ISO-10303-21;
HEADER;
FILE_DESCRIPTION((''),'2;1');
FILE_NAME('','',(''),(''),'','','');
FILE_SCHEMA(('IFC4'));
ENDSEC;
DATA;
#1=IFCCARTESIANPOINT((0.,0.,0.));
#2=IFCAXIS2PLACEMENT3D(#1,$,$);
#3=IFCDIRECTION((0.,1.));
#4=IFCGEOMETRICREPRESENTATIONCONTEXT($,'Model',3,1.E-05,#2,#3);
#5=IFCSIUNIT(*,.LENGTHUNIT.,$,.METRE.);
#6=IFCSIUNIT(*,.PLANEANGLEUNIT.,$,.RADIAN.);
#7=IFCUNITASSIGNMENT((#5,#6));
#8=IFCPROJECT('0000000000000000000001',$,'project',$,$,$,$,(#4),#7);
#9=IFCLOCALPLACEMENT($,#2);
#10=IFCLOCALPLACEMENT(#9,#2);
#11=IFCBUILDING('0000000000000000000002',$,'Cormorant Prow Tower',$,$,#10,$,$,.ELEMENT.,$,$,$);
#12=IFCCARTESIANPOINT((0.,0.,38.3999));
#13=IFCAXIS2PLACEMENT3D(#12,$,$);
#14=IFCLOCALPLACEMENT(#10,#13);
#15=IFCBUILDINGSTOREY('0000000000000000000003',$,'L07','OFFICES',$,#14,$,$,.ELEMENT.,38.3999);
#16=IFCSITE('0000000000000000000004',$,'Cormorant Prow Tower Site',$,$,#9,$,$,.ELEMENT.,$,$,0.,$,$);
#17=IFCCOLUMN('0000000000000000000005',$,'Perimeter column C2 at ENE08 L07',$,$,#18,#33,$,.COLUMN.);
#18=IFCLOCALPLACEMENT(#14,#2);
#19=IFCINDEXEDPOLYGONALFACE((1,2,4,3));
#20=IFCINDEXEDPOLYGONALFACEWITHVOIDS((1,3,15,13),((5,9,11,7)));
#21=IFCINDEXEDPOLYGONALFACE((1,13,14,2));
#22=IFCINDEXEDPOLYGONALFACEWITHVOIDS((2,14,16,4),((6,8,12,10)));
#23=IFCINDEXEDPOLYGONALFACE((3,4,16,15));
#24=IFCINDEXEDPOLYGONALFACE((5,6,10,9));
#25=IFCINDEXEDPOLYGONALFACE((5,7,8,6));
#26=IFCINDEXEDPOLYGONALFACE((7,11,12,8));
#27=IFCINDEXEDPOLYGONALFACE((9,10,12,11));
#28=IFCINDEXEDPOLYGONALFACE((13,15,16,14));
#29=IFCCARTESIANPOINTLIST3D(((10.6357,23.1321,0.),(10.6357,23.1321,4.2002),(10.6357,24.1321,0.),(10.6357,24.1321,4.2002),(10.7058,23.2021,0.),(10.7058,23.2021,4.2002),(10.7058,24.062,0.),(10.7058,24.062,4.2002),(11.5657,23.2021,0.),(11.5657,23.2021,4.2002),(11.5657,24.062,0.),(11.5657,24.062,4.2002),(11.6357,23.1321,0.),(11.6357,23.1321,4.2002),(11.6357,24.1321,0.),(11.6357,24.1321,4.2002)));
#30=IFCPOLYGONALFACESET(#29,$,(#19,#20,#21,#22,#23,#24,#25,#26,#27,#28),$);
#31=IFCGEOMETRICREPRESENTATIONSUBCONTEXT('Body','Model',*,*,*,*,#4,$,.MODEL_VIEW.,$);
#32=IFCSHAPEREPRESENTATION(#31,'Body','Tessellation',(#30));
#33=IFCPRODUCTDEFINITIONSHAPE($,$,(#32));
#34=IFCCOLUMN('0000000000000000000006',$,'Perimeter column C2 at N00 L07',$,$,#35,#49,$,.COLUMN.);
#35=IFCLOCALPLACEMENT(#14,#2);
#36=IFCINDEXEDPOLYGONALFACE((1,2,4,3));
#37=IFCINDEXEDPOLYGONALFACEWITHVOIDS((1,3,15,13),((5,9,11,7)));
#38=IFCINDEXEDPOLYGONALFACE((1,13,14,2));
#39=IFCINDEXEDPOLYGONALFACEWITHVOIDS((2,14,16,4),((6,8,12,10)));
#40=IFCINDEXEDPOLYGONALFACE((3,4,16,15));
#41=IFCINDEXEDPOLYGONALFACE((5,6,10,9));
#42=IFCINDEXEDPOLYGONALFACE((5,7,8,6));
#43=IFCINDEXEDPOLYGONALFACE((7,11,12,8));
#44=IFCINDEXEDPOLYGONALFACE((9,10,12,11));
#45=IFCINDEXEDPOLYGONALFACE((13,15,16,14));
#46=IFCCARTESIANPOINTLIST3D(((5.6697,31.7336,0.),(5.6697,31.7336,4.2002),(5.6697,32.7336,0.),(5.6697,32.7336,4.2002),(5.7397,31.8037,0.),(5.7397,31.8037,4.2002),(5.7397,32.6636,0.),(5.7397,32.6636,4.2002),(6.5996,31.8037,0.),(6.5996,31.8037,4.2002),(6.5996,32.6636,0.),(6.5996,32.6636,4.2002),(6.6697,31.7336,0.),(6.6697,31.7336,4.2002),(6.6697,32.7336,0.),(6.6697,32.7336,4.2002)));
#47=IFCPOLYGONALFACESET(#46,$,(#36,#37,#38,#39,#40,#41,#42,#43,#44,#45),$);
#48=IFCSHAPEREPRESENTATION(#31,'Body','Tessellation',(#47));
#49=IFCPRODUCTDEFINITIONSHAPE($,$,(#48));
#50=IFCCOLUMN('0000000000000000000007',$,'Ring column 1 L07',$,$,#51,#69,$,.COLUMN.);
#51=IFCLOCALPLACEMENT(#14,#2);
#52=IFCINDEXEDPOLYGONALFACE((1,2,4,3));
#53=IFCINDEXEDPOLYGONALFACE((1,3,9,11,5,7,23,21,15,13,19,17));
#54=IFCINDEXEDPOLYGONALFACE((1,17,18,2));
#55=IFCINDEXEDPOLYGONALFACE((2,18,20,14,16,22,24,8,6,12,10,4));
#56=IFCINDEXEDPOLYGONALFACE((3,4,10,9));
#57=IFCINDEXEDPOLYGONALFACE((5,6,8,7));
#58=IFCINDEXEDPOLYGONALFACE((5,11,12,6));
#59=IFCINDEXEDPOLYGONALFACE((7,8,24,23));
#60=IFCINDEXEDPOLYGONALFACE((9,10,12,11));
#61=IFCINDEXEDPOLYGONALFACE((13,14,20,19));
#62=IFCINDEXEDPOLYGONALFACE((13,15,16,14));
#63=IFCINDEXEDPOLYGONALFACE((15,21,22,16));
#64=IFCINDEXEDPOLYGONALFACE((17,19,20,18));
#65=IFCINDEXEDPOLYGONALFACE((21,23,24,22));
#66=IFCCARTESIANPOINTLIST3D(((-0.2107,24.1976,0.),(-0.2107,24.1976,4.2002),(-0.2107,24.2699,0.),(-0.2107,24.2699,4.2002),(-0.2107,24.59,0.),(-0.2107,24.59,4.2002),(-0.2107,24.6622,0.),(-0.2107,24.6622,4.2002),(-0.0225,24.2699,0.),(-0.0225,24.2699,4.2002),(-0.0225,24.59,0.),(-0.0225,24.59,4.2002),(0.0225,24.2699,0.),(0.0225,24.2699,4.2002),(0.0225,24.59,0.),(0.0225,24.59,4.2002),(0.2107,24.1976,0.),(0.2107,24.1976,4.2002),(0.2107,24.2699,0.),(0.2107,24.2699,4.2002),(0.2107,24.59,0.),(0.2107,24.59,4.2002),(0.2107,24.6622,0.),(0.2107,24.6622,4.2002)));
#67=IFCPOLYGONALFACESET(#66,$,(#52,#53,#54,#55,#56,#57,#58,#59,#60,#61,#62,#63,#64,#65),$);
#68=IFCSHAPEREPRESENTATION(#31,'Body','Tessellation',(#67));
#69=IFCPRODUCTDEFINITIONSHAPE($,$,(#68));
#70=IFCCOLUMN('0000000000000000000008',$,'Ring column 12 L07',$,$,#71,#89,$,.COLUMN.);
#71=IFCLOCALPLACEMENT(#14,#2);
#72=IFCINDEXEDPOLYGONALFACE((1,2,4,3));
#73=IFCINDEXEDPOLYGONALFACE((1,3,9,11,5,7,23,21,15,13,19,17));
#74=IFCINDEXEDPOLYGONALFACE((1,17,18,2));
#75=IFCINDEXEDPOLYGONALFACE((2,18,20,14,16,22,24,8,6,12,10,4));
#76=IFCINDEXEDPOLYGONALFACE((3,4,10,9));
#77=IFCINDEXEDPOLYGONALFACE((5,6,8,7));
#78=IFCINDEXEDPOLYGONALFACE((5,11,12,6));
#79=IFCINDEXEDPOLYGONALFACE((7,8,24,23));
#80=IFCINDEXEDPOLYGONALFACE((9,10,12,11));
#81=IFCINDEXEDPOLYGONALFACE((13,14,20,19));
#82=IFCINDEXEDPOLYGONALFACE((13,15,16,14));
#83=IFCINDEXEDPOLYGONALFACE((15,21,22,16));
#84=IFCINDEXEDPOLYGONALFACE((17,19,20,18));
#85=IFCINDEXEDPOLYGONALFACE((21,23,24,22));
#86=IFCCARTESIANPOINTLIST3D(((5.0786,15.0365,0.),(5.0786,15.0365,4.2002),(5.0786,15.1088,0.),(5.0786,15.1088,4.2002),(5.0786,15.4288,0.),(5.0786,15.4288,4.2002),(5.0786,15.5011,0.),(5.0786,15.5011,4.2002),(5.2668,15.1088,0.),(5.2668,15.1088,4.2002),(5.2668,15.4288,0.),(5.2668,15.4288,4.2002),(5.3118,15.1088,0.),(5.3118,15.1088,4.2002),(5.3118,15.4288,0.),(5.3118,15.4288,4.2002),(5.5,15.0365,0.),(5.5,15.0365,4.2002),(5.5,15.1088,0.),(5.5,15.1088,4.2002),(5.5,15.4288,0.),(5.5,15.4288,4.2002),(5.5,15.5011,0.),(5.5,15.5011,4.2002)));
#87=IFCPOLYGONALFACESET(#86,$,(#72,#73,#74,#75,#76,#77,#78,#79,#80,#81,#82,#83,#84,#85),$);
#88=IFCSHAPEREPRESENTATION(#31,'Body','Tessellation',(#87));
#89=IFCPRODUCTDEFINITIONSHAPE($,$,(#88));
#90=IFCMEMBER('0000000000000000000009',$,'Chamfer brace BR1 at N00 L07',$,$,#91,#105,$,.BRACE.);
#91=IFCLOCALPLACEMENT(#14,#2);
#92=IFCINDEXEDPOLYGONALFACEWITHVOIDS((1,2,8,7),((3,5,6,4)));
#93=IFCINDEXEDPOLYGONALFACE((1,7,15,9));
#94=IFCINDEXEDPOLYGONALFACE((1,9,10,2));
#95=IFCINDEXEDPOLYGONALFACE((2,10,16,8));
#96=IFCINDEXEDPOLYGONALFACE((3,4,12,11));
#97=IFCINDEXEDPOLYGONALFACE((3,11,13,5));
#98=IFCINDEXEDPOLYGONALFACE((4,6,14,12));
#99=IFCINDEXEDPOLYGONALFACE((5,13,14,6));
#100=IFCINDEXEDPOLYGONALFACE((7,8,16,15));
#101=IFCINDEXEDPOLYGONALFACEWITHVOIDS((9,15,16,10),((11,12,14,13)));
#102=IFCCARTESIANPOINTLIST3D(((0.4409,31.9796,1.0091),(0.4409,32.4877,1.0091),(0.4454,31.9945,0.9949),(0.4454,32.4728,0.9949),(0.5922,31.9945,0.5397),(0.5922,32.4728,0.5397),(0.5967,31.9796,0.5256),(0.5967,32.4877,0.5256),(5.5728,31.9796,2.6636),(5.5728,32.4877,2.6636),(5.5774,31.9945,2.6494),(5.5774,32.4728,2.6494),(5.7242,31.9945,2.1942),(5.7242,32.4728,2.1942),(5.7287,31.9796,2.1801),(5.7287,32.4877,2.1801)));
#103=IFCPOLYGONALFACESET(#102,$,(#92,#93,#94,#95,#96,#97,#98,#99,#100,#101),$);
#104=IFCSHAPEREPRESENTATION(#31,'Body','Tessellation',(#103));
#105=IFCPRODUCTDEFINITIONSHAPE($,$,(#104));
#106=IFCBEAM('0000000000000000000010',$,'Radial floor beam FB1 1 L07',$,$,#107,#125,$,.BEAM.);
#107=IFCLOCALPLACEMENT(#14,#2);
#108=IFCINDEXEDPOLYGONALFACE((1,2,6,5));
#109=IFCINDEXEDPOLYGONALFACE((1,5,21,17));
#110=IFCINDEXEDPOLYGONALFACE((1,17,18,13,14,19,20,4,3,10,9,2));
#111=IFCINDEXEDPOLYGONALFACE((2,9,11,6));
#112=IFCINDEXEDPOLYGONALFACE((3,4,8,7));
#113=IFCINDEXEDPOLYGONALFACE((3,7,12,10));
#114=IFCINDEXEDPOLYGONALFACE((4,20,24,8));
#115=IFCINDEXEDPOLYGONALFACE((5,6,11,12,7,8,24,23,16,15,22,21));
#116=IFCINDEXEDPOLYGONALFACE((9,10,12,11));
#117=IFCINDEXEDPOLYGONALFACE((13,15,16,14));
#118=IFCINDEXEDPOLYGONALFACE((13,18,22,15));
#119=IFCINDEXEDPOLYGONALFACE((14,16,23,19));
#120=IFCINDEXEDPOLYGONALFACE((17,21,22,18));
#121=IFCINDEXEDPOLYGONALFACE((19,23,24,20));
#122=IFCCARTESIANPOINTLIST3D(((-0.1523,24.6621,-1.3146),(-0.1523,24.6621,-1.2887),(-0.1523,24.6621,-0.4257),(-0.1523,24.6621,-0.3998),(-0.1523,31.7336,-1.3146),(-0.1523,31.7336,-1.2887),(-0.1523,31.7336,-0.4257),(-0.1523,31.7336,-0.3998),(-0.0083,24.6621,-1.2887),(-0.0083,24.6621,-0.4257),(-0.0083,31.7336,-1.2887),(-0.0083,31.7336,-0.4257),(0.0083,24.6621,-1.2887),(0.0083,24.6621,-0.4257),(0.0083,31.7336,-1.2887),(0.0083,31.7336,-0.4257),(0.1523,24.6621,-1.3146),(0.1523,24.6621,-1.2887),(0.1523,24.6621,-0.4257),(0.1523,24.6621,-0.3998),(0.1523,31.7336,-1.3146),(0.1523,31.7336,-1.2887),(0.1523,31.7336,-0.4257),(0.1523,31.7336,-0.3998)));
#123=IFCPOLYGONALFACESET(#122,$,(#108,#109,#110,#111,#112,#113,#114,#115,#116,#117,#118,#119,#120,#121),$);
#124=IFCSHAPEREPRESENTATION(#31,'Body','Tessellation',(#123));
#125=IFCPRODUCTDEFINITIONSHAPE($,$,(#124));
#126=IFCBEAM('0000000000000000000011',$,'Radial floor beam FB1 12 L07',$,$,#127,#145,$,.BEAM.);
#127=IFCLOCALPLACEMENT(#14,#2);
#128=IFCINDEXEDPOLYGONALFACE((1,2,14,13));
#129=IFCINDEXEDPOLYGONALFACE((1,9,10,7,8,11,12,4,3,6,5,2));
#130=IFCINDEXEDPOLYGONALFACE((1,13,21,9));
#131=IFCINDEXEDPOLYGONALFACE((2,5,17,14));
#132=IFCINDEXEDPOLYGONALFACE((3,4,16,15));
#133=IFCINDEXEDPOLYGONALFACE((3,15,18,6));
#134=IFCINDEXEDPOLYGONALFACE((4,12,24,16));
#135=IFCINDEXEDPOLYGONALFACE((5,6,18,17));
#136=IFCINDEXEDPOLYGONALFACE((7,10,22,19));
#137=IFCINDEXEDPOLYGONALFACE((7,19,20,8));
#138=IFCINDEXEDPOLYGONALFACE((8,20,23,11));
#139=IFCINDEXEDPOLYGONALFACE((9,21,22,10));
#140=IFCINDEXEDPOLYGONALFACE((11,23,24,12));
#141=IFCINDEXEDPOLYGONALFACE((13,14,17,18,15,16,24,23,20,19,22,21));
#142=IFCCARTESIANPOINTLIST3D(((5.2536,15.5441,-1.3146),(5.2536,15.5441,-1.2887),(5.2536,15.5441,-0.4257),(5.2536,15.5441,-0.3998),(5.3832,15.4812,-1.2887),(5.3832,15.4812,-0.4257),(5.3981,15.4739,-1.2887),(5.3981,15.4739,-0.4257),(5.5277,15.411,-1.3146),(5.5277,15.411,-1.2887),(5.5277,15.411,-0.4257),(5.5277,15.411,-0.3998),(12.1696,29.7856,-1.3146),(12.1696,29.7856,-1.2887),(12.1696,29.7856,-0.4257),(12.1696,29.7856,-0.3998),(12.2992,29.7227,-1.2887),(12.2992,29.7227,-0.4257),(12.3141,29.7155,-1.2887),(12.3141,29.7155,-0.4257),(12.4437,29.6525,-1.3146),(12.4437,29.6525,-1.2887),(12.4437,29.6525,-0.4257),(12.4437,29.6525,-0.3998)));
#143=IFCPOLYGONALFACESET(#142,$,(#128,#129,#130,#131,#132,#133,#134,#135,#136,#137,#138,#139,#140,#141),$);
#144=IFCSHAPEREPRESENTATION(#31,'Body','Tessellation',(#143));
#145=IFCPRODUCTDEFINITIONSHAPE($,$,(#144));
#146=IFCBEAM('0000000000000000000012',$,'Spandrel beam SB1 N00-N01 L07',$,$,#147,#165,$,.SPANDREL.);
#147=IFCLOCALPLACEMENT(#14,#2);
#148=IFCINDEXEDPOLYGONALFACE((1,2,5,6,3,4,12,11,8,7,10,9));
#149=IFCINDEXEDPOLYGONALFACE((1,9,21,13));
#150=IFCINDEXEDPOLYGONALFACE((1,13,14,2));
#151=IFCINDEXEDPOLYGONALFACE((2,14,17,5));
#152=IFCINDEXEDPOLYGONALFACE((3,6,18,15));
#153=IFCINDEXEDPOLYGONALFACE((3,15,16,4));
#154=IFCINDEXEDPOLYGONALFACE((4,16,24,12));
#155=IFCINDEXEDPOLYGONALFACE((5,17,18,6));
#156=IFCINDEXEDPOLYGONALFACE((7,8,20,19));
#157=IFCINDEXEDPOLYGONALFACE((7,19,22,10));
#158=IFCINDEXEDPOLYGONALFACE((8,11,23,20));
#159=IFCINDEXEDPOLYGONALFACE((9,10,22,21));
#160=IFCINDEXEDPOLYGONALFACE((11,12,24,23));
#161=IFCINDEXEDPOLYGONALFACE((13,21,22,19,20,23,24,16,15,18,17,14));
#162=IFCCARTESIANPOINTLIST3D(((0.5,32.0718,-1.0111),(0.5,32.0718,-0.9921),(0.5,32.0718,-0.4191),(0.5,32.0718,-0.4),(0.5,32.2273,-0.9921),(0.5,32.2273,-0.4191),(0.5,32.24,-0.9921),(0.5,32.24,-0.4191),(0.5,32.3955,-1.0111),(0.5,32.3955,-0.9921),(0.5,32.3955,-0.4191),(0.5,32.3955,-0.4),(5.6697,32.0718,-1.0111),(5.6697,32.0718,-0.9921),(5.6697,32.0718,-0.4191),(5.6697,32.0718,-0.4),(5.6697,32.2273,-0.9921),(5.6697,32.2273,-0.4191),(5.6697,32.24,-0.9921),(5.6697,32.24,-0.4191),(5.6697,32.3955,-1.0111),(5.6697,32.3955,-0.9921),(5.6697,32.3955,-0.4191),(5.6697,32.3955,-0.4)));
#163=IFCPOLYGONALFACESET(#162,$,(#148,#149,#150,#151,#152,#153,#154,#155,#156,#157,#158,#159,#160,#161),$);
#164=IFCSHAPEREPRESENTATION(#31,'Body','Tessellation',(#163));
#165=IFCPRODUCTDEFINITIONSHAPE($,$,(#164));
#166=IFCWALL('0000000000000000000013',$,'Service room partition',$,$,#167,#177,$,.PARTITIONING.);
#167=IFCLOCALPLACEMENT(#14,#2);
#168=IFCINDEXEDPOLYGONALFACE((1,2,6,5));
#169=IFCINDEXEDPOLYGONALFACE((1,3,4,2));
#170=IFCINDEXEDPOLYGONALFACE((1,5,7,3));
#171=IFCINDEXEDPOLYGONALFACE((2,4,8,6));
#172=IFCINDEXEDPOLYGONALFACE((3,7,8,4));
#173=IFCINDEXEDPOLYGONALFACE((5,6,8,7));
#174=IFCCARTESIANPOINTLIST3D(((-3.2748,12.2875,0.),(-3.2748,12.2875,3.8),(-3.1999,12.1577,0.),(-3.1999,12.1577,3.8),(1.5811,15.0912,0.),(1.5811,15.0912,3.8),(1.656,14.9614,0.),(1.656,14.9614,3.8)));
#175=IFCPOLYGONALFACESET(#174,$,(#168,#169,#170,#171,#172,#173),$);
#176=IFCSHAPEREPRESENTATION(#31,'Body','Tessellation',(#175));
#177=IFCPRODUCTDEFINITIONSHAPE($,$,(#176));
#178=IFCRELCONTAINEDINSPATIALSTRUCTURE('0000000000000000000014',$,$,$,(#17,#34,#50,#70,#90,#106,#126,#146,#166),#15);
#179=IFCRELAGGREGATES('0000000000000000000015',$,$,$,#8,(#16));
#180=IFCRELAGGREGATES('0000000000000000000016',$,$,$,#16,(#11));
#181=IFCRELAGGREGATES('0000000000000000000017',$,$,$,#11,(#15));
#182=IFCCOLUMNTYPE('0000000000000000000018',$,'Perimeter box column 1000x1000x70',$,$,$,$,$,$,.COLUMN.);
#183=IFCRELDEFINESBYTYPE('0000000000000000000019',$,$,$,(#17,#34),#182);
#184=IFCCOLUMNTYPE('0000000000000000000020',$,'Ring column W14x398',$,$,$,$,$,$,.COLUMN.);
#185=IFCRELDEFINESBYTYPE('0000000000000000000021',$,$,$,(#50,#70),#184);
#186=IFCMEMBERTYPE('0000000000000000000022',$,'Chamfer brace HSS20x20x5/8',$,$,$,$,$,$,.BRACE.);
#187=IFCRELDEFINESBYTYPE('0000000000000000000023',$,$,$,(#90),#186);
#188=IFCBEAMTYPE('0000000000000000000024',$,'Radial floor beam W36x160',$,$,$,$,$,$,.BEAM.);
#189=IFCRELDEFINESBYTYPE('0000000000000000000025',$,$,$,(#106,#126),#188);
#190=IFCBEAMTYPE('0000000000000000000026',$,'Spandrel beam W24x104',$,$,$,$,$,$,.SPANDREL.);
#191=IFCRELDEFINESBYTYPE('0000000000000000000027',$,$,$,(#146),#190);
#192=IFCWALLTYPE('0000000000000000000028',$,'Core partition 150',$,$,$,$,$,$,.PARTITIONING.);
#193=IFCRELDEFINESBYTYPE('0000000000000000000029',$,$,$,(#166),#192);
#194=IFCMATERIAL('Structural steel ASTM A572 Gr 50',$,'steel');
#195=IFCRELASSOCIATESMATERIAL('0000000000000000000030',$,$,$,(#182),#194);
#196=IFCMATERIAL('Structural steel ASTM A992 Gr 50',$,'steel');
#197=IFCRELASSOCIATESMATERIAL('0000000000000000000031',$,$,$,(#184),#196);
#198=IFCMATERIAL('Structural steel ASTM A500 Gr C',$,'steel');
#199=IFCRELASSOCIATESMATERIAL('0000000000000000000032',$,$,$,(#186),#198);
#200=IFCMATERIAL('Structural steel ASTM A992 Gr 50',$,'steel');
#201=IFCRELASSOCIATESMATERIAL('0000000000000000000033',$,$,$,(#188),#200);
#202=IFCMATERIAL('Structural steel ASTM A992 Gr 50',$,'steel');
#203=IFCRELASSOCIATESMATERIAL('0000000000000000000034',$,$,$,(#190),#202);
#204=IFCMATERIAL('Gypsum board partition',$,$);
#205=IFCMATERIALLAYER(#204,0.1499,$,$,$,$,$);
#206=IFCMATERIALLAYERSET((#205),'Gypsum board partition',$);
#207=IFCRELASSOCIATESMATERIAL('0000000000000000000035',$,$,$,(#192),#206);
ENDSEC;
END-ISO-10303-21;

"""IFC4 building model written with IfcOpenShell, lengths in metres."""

from ifc_helpers import new_model, si_unit, direction, frame, frame_2d, origin, origin_2d, place, context, subcontext, project, spatial, rectangle, hollow_rectangle, i_section, extrude, material, layer, layer_set, material_profile, profile_set, type_object, element, save


model = new_model("IFC4")

# Units and contexts
model_context = context("Model", 3, precision=1e-05, world=origin(), true_north=direction((0.0, 1.0)))
body_context = subcontext(model_context, "Body", "Model", "MODEL_VIEW")
ifc_project = project(units=[si_unit("LENGTHUNIT", "METRE"), si_unit("PLANEANGLEUNIT", "RADIAN")], contexts=[model_context])

# Site, building, storey
site_placement = place(None, origin())
site = spatial("IfcSite", under=ifc_project, at=site_placement, Name="Cormorant Prow Tower Site", CompositionType="ELEMENT", RefElevation=0.0)
building_placement = place(site_placement, origin())
building = spatial("IfcBuilding", under=site, at=building_placement, Name="Cormorant Prow Tower", CompositionType="ELEMENT")
storey_placement = place(building_placement, frame((0.0, 0.0, 38.3999)))
storey = spatial("IfcBuildingStorey", under=building, at=storey_placement, Name="L07", Description="OFFICES", CompositionType="ELEMENT", Elevation=38.3999)

# Columns
ifc_material_1 = material(Name="Structural steel ASTM A572 Gr 50", Category="steel")
ifc_material_profile_1 = material_profile(ifc_material_1, hollow_rectangle(XDim=1.0, YDim=1.0, WallThickness=0.0701, at=origin_2d()), Name="Box 1000x1000x70")
ifc_profile_set_1 = profile_set([ifc_material_profile_1], Name="Structural steel ASTM A572 Gr 50")
column_type_1 = type_object("IfcColumnType", Name="Perimeter box column 1000x1000x70", PredefinedType="COLUMN", material=ifc_profile_set_1)
for number, where, z_axis, x_axis, name in (
    (1, (11.1357, 23.6321, 0.0), (0.0, 0.0, 1.0), (1.0, 0.0, 0.0), "Perimeter column C2 at ENE08 L07"),
    (2, (6.1697, 32.2336, 0.0), (0.0, 0.0, 1.0), (1.0, 0.0, 0.0), "Perimeter column C2 at N00 L07"),
):
    element("IfcColumn", number, at=place(storey_placement, frame(where, z_axis=z_axis, x_axis=x_axis)), inside=storey, type_object=column_type_1, Name=name, PredefinedType="COLUMN", context=body_context, shape_type="SweptSolid", body=[
        extrude(hollow_rectangle(XDim=1.0, YDim=1.0, WallThickness=0.0701, at=origin_2d()), origin(), (0.0, 0.0, 1.0), 4.2002),
    ])
ifc_material_2 = material(Name="Structural steel ASTM A992 Gr 50", Category="steel")
ifc_material_profile_2 = material_profile(ifc_material_2, i_section(OverallWidth=0.4214, OverallDepth=0.4646, WebThickness=0.0449, FlangeThickness=0.0723, at=origin_2d()), Name="W14x398")
ifc_profile_set_2 = profile_set([ifc_material_profile_2], Name="Structural steel ASTM A992 Gr 50")
column_type_2 = type_object("IfcColumnType", Name="Ring column W14x398", PredefinedType="COLUMN", material=ifc_profile_set_2)
for number, where, z_axis, x_axis, name in (
    (3, (0.0, 24.4299, 0.0), (0.0, 0.0, 1.0), (1.0, 0.0, 0.0), "Ring column 1 L07"),
    (4, (5.2893, 15.2688, 0.0), (0.0, 0.0, 1.0), (1.0, 0.0, 0.0), "Ring column 12 L07"),
):
    element("IfcColumn", number, at=place(storey_placement, frame(where, z_axis=z_axis, x_axis=x_axis)), inside=storey, type_object=column_type_2, Name=name, PredefinedType="COLUMN", context=body_context, shape_type="SweptSolid", body=[
        extrude(i_section(OverallWidth=0.4214, OverallDepth=0.4646, WebThickness=0.0449, FlangeThickness=0.0723, at=origin_2d()), origin(), (0.0, 0.0, 1.0), 4.2002),
    ])

# Member
ifc_material_3 = material(Name="Structural steel ASTM A500 Gr C", Category="steel")
ifc_material_profile_3 = material_profile(ifc_material_3, hollow_rectangle(XDim=0.5081, YDim=0.5081, WallThickness=0.0149, at=origin_2d()), Name="HSS20x20x5/8")
ifc_profile_set_3 = profile_set([ifc_material_profile_3], Name="Structural steel ASTM A500 Gr C")
member_type = type_object("IfcMemberType", Name="Chamfer brace HSS20x20x5/8", PredefinedType="BRACE", material=ifc_profile_set_3)
member_placement = place(storey_placement, frame((0.5188, 32.2336, 0.7673), z_axis=(0.951761, 0.0, 0.30684), x_axis=(0.0, 1.0, 0.0)))
element("IfcMember", 5, at=member_placement, inside=storey, type_object=member_type, Name="Chamfer brace BR1 at N00 L07", PredefinedType="BRACE", context=body_context, shape_type="SweptSolid", body=[
    extrude(hollow_rectangle(XDim=0.5081, YDim=0.5081, WallThickness=0.0149, at=origin_2d()), origin(), (0.0, 0.0, 1.0), 5.3921),
])

# Beams
ifc_material_4 = material(Name="Structural steel ASTM A992 Gr 50", Category="steel")
ifc_material_profile_4 = material_profile(ifc_material_4, i_section(OverallWidth=0.3047, OverallDepth=0.9148, WebThickness=0.0166, FlangeThickness=0.0259, at=origin_2d()), Name="W36x160")
ifc_profile_set_4 = profile_set([ifc_material_profile_4], Name="Structural steel ASTM A992 Gr 50")
beam_type_1 = type_object("IfcBeamType", Name="Radial floor beam W36x160", PredefinedType="BEAM", material=ifc_profile_set_4)
beam_1_placement = place(storey_placement, frame((0.0, 24.6621, -0.8572), z_axis=(0.0, 1.0, 0.0), x_axis=(-1.0, 0.0, 0.0)))
element("IfcBeam", 6, at=beam_1_placement, inside=storey, type_object=beam_type_1, Name="Radial floor beam FB1 1 L07", PredefinedType="BEAM", context=body_context, shape_type="SweptSolid", body=[
    extrude(i_section(OverallWidth=0.3047, OverallDepth=0.9148, WebThickness=0.0166, FlangeThickness=0.0259, at=origin_2d()), origin(), (0.0, 0.0, 1.0), 7.0715),
])
beam_2_placement = place(storey_placement, frame((5.3906, 15.4775, -0.8572), z_axis=(0.436839, 0.899539, 0.0), x_axis=(-0.899539, 0.436839, 0.0)))
element("IfcBeam", 7, at=beam_2_placement, inside=storey, type_object=beam_type_1, Name="Radial floor beam FB1 12 L07", PredefinedType="BEAM", context=body_context, shape_type="SweptSolid", body=[
    extrude(i_section(OverallWidth=0.3047, OverallDepth=0.9148, WebThickness=0.0166, FlangeThickness=0.0259, at=origin_2d()), origin(), (0.0, 0.0, 1.0), 15.832),
])
ifc_material_5 = material(Name="Structural steel ASTM A992 Gr 50", Category="steel")
ifc_material_profile_5 = material_profile(ifc_material_5, i_section(OverallWidth=0.3237, OverallDepth=0.6111, WebThickness=0.0127, FlangeThickness=0.019, at=origin_2d()), Name="W24x104")
ifc_profile_set_5 = profile_set([ifc_material_profile_5], Name="Structural steel ASTM A992 Gr 50")
beam_type_2 = type_object("IfcBeamType", Name="Spandrel beam W24x104", PredefinedType="SPANDREL", material=ifc_profile_set_5)
beam_3_placement = place(storey_placement, frame((5.6697, 32.2336, -0.7056), z_axis=(-1.0, 0.0, 0.0), x_axis=(0.0, -1.0, 0.0)))
element("IfcBeam", 8, at=beam_3_placement, inside=storey, type_object=beam_type_2, Name="Spandrel beam SB1 N00-N01 L07", PredefinedType="SPANDREL", context=body_context, shape_type="SweptSolid", body=[
    extrude(i_section(OverallWidth=0.3237, OverallDepth=0.6111, WebThickness=0.0127, FlangeThickness=0.019, at=origin_2d()), origin(), (0.0, 0.0, 1.0), 5.1697),
])

# Wall
ifc_material_6 = material(Name="Gypsum board partition")
ifc_layer_1 = layer(ifc_material_6, 0.1499)
ifc_layer_set_1 = layer_set([ifc_layer_1], Name="Gypsum board partition")
wall_type_1 = type_object("IfcWallType", Name="Core partition 150", PredefinedType="PARTITIONING", material=ifc_layer_set_1)
wall_1_placement = place(storey_placement, frame((1.6187, 15.0264, 0.0), z_axis=(0.0, 0.0, 1.0), x_axis=(-0.866016, -0.500016, 0.0)))
element("IfcWall", 9, at=wall_1_placement, inside=storey, type_object=wall_type_1, Name="Service room partition", PredefinedType="PARTITIONING", context=body_context, shape_type="SweptSolid", body=[
    extrude(rectangle(XDim=5.6072, YDim=0.1499, at=frame_2d((2.8037, 0.0))), origin(), (0.0, 0.0, 1.0), 3.8),
])

save(model, "model.ifc")
